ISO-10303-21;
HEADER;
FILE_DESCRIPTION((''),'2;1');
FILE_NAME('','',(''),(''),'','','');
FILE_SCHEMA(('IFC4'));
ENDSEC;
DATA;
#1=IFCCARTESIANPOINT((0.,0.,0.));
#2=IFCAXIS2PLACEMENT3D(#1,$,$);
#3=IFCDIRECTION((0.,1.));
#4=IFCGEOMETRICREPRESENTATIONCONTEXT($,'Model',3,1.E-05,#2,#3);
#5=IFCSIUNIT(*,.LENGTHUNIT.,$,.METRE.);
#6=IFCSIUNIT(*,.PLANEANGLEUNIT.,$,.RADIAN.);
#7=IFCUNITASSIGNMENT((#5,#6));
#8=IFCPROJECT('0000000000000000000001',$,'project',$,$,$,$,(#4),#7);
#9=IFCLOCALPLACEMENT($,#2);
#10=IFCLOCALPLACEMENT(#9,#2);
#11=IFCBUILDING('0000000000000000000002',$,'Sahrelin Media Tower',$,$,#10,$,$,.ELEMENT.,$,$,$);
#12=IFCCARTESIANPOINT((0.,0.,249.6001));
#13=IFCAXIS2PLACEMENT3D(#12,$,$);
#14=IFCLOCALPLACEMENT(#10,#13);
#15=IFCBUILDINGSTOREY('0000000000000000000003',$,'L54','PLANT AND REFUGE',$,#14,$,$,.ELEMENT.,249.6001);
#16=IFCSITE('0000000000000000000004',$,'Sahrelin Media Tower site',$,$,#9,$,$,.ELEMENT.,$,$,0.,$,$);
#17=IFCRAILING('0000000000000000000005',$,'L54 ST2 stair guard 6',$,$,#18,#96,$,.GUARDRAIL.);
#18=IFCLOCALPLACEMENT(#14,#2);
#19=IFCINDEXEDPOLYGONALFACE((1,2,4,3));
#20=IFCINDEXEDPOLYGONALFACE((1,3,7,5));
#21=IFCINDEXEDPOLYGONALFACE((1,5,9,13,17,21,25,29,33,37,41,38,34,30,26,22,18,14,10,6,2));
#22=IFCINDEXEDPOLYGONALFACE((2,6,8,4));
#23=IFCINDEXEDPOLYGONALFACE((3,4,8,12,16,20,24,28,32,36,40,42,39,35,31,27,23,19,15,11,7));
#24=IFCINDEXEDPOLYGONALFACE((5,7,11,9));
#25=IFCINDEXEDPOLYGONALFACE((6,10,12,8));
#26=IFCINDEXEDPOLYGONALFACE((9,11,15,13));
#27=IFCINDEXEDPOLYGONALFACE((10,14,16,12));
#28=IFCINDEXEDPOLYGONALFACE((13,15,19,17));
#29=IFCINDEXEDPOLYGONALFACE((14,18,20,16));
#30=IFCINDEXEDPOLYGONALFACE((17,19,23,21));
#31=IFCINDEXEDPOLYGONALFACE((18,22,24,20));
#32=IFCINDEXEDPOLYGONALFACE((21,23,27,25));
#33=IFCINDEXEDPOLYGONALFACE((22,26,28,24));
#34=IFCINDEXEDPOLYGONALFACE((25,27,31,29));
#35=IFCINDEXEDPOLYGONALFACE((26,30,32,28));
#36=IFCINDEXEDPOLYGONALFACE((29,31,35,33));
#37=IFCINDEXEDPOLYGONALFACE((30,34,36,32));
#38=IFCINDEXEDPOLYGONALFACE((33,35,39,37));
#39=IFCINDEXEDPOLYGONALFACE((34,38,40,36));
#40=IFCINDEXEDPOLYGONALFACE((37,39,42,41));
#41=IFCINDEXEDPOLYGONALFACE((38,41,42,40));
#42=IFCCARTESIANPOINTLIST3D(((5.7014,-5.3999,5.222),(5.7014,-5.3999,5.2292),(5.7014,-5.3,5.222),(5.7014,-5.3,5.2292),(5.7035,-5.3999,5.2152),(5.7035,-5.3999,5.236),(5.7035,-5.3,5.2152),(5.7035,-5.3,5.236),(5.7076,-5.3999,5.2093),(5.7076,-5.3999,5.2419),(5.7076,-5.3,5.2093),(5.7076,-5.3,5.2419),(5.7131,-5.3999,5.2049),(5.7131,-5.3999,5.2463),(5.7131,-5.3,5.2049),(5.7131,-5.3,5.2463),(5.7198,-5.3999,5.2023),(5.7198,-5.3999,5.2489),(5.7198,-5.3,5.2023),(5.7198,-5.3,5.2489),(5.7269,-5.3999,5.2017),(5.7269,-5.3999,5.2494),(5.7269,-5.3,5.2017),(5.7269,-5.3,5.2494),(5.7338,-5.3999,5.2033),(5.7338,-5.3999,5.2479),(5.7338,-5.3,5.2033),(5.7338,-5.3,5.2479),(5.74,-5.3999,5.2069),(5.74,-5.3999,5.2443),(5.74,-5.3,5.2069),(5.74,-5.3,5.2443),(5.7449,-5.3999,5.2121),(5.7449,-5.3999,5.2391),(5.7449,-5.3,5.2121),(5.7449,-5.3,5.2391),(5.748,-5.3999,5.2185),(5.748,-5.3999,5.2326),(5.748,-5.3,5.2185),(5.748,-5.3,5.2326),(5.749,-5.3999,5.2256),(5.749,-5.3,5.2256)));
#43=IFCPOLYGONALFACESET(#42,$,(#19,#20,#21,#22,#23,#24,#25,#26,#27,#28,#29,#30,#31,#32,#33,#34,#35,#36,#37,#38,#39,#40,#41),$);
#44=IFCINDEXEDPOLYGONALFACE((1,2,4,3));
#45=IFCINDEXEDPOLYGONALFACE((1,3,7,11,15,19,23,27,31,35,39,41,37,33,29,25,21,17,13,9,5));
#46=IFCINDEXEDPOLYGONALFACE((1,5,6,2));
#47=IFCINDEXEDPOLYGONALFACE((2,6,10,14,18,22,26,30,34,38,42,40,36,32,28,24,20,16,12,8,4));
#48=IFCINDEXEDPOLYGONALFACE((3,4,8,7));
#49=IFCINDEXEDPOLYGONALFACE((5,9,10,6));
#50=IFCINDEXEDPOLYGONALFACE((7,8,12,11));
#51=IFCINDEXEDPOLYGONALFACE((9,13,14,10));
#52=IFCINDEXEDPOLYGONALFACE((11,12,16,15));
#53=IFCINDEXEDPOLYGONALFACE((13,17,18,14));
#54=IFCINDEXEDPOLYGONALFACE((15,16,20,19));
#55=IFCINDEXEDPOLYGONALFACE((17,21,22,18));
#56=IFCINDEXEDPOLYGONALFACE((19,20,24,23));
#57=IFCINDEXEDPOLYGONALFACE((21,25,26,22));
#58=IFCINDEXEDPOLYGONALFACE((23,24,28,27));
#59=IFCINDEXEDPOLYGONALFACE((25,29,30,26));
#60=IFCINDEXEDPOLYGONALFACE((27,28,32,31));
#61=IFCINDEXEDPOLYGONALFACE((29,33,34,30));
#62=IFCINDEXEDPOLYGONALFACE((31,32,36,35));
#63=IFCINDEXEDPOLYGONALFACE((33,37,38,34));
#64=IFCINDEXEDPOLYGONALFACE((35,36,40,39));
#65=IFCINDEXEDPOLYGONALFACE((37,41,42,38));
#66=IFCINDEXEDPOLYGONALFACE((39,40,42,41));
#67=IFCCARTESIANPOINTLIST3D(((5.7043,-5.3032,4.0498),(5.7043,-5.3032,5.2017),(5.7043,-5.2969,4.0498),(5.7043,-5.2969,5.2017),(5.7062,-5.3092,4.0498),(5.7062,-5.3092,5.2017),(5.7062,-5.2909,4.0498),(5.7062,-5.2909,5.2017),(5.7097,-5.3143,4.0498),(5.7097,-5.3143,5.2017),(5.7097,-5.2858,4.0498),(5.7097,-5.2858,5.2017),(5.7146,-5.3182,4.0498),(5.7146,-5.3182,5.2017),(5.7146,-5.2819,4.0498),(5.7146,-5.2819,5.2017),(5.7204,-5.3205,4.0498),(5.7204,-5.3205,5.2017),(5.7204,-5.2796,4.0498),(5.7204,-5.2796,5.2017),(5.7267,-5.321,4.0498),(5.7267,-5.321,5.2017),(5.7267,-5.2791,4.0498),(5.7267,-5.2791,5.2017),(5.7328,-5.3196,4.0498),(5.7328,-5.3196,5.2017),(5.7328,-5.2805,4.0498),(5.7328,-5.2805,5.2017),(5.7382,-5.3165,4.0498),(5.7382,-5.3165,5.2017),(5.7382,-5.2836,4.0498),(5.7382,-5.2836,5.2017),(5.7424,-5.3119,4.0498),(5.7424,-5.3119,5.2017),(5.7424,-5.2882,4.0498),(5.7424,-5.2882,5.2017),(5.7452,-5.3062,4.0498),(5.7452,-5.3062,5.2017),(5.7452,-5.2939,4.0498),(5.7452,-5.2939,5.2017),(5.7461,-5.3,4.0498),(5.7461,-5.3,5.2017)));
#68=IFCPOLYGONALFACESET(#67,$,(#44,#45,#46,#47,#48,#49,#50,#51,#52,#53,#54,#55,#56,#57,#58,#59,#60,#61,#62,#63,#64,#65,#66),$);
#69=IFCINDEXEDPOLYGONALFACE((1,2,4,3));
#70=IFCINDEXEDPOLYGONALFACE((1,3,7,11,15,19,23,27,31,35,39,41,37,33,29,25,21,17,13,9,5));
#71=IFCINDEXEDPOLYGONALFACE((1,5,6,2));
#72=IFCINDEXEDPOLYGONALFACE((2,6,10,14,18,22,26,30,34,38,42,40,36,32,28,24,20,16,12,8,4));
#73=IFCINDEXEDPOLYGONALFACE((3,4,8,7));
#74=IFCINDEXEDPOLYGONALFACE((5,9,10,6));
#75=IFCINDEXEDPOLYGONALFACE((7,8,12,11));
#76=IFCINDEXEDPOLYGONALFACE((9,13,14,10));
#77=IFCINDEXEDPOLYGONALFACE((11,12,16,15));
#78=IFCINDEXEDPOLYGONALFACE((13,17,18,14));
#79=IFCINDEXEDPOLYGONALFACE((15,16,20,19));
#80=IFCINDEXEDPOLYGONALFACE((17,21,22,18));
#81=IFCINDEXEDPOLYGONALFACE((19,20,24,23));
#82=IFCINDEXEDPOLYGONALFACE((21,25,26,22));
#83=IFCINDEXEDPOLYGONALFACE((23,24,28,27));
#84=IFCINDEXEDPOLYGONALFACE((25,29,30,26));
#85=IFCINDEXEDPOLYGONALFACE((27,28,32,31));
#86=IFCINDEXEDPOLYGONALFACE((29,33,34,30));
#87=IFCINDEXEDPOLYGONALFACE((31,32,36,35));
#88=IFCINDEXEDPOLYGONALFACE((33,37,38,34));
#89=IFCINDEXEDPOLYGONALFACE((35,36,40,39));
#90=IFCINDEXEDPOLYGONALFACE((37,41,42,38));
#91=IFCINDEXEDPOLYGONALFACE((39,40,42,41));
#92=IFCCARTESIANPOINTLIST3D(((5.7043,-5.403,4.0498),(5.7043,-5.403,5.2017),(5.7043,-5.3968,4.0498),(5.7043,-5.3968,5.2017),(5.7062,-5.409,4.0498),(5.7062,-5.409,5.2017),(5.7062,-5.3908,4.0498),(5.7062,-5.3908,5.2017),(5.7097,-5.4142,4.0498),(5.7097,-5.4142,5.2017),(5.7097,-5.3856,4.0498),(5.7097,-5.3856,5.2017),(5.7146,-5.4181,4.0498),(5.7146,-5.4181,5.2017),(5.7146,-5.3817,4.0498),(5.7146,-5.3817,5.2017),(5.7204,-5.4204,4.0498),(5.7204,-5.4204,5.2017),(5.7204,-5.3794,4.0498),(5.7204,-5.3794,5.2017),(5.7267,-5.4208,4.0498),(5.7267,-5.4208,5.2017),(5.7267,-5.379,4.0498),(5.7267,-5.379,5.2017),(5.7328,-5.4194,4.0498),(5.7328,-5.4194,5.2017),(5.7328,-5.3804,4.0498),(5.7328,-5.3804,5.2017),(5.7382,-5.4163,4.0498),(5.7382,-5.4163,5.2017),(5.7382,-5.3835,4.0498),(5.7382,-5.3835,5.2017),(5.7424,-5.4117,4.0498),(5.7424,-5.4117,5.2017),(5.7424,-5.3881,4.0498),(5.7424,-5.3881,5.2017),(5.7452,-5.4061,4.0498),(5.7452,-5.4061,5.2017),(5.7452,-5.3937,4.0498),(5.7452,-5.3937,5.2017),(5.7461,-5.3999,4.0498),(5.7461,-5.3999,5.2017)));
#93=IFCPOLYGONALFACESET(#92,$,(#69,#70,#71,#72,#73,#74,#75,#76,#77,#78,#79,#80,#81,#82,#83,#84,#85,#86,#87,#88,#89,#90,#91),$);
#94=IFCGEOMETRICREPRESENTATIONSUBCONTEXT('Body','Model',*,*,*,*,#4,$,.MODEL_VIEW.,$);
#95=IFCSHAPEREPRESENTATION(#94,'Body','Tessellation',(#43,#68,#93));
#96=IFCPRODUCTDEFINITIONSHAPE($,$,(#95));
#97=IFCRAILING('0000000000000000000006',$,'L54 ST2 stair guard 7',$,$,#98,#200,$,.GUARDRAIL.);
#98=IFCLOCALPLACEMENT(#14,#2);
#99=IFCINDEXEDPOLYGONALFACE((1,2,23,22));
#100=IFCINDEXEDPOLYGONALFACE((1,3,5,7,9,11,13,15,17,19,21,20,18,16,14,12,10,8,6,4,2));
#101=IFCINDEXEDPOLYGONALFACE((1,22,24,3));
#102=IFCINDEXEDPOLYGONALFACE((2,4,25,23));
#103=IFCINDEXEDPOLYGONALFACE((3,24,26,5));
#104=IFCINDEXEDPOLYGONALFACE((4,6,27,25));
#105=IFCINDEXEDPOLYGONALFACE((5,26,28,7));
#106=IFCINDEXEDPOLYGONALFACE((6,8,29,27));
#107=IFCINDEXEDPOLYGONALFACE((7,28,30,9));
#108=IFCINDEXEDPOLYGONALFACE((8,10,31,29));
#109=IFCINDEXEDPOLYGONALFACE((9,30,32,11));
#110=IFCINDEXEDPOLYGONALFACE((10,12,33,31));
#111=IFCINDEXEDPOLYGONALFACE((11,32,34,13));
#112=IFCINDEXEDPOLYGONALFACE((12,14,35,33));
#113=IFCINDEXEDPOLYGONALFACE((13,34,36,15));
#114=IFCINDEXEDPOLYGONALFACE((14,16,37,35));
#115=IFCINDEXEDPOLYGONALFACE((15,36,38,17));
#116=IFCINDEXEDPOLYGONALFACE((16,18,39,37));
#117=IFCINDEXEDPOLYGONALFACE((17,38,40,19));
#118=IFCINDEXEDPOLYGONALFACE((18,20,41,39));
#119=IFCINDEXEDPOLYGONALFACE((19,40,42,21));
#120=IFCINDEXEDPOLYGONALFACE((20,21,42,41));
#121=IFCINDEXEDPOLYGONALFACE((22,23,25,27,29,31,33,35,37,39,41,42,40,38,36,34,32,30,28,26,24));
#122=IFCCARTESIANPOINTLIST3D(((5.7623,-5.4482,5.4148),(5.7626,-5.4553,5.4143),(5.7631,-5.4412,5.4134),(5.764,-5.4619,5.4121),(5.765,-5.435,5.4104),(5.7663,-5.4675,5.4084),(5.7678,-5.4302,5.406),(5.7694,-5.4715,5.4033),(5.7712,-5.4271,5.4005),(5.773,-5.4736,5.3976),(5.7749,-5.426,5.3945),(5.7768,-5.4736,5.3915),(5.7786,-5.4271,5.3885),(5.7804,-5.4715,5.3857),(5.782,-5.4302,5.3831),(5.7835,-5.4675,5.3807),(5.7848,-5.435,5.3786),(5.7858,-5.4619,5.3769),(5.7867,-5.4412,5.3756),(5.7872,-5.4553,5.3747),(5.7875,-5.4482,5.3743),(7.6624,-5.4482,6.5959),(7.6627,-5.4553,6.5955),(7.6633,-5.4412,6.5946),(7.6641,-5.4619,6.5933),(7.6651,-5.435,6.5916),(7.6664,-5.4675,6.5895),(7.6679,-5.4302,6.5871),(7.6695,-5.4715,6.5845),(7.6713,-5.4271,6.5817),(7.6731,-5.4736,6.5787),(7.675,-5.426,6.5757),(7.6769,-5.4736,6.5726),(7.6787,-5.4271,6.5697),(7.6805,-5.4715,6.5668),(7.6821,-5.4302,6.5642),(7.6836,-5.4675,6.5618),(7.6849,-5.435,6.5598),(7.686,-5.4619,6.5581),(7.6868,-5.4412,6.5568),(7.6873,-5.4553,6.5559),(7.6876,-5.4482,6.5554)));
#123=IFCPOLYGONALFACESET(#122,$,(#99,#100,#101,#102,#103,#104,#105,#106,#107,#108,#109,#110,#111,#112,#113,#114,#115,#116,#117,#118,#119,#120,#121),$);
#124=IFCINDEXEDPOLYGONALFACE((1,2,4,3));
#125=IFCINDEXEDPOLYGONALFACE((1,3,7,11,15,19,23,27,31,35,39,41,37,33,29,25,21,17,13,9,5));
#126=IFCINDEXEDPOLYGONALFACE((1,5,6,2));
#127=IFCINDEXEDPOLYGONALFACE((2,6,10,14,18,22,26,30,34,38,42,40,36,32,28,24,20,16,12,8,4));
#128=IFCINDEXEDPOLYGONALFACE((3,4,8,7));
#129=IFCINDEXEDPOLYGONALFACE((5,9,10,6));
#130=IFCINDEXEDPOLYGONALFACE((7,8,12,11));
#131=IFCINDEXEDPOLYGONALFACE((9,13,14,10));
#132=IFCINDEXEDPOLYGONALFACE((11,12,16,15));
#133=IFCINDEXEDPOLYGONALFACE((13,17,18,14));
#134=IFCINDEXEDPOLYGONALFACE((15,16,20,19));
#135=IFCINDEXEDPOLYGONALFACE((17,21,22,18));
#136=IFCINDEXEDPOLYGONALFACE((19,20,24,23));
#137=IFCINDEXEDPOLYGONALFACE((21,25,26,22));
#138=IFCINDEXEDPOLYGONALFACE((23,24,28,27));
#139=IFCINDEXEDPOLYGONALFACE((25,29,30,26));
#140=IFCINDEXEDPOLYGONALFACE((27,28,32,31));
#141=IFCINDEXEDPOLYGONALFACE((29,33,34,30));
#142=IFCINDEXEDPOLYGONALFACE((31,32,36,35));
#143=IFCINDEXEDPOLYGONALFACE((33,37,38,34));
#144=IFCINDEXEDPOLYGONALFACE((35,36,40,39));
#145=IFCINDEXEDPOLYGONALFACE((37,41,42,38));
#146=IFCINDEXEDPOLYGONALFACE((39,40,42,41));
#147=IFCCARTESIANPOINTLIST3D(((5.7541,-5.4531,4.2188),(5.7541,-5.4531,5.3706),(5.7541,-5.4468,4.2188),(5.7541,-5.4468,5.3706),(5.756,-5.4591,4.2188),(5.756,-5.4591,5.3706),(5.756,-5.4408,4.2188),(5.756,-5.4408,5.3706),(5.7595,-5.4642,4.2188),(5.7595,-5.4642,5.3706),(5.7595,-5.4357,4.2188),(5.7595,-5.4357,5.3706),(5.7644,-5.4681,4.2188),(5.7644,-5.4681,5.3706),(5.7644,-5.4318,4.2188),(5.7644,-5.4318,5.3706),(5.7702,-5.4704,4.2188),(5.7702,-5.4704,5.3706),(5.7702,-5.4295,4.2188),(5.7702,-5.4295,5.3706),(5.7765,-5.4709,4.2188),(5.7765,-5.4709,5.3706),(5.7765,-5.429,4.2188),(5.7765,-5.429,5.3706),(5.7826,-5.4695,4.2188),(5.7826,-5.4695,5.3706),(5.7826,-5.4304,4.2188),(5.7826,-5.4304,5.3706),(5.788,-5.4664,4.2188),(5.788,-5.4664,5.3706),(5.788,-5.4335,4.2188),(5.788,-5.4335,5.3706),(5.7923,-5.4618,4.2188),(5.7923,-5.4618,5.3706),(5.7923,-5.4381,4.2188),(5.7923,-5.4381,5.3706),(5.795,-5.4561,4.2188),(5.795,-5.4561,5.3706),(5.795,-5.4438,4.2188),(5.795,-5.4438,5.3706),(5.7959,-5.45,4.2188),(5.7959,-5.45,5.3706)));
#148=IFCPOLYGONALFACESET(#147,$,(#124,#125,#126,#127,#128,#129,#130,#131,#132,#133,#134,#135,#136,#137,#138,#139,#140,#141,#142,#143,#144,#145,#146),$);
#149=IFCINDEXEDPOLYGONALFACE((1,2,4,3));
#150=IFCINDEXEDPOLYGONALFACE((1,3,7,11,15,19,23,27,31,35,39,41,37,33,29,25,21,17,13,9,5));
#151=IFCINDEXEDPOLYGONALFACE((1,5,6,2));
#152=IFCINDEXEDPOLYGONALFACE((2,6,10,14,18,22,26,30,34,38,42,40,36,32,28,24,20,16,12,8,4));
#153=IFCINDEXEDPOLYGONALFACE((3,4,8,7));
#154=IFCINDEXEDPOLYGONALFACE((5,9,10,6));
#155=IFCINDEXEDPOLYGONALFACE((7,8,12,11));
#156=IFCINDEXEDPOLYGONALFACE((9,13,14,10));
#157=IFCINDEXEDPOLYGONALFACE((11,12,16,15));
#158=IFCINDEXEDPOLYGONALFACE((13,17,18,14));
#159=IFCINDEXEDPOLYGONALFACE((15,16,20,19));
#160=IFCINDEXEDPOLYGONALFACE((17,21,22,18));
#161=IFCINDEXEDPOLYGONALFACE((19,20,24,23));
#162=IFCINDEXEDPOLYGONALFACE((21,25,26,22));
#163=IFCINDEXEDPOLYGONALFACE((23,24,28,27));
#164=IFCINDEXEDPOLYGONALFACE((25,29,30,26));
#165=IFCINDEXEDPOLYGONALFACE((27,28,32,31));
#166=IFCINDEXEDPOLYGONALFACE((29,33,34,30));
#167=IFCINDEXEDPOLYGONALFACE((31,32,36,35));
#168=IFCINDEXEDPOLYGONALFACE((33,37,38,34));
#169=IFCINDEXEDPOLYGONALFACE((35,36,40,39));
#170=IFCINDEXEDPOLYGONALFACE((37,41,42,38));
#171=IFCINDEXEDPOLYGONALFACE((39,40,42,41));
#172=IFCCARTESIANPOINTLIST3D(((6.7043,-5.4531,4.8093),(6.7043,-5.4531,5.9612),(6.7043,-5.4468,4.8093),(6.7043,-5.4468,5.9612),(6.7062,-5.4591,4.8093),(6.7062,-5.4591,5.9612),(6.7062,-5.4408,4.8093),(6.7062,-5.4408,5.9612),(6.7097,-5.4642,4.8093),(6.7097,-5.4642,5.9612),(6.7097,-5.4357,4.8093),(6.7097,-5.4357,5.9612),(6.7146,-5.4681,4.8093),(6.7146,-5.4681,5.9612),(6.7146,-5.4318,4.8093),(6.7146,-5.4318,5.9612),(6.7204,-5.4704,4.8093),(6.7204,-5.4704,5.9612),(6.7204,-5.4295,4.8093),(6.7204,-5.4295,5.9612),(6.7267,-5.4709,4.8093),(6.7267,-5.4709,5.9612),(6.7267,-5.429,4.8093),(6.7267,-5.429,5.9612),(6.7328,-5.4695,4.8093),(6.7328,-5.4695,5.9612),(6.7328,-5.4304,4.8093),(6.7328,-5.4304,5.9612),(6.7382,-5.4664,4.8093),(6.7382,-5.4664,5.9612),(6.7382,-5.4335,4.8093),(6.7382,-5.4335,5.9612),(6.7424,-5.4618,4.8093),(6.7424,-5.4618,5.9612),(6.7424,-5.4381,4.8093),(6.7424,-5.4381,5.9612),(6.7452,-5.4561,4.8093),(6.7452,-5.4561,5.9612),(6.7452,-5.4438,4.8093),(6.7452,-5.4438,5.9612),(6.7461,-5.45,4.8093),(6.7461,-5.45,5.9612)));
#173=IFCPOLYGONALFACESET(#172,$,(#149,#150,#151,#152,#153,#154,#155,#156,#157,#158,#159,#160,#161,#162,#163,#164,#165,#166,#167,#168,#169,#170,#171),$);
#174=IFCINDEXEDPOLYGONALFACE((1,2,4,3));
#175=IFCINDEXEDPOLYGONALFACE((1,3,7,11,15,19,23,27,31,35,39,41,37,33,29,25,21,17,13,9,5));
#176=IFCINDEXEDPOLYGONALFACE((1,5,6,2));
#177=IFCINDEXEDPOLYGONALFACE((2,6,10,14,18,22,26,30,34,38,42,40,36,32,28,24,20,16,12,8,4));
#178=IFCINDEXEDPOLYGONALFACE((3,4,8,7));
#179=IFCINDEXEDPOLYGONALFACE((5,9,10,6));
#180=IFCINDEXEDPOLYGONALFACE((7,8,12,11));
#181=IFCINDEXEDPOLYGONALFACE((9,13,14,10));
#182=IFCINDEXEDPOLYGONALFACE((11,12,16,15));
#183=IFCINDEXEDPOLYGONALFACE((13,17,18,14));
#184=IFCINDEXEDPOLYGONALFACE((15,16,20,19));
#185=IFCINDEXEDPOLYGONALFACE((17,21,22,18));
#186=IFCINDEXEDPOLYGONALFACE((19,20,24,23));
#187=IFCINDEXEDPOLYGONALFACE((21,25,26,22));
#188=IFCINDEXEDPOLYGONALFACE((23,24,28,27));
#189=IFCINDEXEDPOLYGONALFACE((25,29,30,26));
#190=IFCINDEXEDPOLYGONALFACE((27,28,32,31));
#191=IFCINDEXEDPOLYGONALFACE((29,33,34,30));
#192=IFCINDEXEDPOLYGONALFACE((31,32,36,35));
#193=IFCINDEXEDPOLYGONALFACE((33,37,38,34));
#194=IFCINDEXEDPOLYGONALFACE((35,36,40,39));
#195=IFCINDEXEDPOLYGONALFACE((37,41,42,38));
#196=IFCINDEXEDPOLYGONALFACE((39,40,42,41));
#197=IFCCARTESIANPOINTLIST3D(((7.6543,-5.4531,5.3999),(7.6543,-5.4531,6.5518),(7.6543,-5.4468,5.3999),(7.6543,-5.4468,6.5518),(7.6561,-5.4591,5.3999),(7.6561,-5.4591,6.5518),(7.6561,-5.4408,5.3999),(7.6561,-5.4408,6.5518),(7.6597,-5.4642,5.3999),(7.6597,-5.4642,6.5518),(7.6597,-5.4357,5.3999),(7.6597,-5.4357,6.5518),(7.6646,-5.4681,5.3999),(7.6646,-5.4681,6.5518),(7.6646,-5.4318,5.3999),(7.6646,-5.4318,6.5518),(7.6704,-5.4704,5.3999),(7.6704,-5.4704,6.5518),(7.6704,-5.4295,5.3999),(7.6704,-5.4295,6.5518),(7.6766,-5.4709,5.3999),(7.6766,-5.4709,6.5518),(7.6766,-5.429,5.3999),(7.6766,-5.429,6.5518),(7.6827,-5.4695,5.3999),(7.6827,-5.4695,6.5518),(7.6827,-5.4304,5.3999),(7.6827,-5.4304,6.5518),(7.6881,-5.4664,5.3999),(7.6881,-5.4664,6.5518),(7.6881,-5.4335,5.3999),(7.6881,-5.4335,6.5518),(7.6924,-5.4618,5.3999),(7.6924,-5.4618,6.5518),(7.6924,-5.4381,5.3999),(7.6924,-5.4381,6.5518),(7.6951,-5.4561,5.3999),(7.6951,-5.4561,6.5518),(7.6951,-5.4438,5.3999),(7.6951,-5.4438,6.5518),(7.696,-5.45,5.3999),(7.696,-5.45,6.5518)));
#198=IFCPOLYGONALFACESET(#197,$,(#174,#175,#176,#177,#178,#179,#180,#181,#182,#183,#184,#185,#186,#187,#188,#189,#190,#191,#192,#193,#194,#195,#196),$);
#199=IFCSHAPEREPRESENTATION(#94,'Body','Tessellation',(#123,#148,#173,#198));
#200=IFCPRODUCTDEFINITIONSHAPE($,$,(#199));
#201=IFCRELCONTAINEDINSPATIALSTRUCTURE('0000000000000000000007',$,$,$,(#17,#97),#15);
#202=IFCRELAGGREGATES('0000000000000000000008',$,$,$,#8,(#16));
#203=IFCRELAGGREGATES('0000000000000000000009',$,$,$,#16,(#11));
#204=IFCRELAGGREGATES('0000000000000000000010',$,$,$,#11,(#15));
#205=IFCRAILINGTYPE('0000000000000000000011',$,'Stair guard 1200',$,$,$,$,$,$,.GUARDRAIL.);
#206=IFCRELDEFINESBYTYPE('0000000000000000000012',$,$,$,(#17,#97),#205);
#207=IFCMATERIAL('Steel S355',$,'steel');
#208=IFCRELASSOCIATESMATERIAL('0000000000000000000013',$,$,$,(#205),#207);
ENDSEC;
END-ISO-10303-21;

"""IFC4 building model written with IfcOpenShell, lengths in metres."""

from ifc_helpers import new_model, si_unit, direction, frame, origin, origin_2d, place, context, subcontext, project, spatial, circle, extrude, material, type_object, element, save


model = new_model("IFC4")

# Units and contexts
model_context = context("Model", 3, precision=1e-05, world=origin(), true_north=direction((0.0, 1.0)))
body_context = subcontext(model_context, "Body", "Model", "MODEL_VIEW")
ifc_project = project(units=[si_unit("LENGTHUNIT", "METRE"), si_unit("PLANEANGLEUNIT", "RADIAN")], contexts=[model_context])

# Site, building, storey
site_placement = place(None, origin())
site = spatial("IfcSite", under=ifc_project, at=site_placement, Name="Sahrelin Media Tower site", CompositionType="ELEMENT", RefElevation=0.0)
building_placement = place(site_placement, origin())
building = spatial("IfcBuilding", under=site, at=building_placement, Name="Sahrelin Media Tower", CompositionType="ELEMENT")
storey_placement = place(building_placement, frame((0.0, 0.0, 249.6001)))
storey = spatial("IfcBuildingStorey", under=building, at=storey_placement, Name="L54", Description="PLANT AND REFUGE", CompositionType="ELEMENT", Elevation=249.6001)

# Shared definitions
ifc_material_1 = material(Name="Steel S355", Category="steel")

# Railings
railing_type_1 = type_object("IfcRailingType", Name="Stair guard 1200", PredefinedType="GUARDRAIL", material=ifc_material_1)
railing_1_placement = place(storey_placement, frame((5.7251, -5.3, 4.0498)))
element("IfcRailing", 1, at=railing_1_placement, inside=storey, type_object=railing_type_1, Name="L54 ST2 stair guard 6", PredefinedType="GUARDRAIL", context=body_context, shape_type="SweptSolid", body=[
    extrude(circle(Radius=0.0239, at=origin_2d()), frame((0.0, 0.0, 1.1758), z_axis=(0.0, -1.0, 0.0), x_axis=(1.0, 0.0, 0.0)), (0.0, 0.0, 1.0), 0.0999),
    extrude(circle(Radius=0.021, at=origin_2d()), origin(), (0.0, 0.0, 1.0), 1.1519),
    extrude(circle(Radius=0.021, at=origin_2d()), frame((0.0, -0.0999, 0.0)), (0.0, 0.0, 1.0), 1.1519),
])
railing_2_placement = place(storey_placement, frame((5.7749, -5.45, 4.2188)))
element("IfcRailing", 2, at=railing_2_placement, inside=storey, type_object=railing_type_1, Name="L54 ST2 stair guard 7", PredefinedType="GUARDRAIL", context=body_context, shape_type="SweptSolid", body=[
    extrude(circle(Radius=0.0239, at=origin_2d()), frame((0.0, 0.0, 1.1758), z_axis=(0.849289, 0.0, 0.527928), x_axis=(0.0, 1.0, 0.0)), (0.0, 0.0, 1.0), 2.2373),
    extrude(circle(Radius=0.021, at=origin_2d()), origin(), (0.0, 0.0, 1.0), 1.1519),
    extrude(circle(Radius=0.021, at=origin_2d()), frame((0.9502, 0.0, 0.5906)), (0.0, 0.0, 1.0), 1.1519),
    extrude(circle(Radius=0.021, at=origin_2d()), frame((1.9001, 0.0, 1.1812)), (0.0, 0.0, 1.0), 1.1519),
])

save(model, "model.ifc")
